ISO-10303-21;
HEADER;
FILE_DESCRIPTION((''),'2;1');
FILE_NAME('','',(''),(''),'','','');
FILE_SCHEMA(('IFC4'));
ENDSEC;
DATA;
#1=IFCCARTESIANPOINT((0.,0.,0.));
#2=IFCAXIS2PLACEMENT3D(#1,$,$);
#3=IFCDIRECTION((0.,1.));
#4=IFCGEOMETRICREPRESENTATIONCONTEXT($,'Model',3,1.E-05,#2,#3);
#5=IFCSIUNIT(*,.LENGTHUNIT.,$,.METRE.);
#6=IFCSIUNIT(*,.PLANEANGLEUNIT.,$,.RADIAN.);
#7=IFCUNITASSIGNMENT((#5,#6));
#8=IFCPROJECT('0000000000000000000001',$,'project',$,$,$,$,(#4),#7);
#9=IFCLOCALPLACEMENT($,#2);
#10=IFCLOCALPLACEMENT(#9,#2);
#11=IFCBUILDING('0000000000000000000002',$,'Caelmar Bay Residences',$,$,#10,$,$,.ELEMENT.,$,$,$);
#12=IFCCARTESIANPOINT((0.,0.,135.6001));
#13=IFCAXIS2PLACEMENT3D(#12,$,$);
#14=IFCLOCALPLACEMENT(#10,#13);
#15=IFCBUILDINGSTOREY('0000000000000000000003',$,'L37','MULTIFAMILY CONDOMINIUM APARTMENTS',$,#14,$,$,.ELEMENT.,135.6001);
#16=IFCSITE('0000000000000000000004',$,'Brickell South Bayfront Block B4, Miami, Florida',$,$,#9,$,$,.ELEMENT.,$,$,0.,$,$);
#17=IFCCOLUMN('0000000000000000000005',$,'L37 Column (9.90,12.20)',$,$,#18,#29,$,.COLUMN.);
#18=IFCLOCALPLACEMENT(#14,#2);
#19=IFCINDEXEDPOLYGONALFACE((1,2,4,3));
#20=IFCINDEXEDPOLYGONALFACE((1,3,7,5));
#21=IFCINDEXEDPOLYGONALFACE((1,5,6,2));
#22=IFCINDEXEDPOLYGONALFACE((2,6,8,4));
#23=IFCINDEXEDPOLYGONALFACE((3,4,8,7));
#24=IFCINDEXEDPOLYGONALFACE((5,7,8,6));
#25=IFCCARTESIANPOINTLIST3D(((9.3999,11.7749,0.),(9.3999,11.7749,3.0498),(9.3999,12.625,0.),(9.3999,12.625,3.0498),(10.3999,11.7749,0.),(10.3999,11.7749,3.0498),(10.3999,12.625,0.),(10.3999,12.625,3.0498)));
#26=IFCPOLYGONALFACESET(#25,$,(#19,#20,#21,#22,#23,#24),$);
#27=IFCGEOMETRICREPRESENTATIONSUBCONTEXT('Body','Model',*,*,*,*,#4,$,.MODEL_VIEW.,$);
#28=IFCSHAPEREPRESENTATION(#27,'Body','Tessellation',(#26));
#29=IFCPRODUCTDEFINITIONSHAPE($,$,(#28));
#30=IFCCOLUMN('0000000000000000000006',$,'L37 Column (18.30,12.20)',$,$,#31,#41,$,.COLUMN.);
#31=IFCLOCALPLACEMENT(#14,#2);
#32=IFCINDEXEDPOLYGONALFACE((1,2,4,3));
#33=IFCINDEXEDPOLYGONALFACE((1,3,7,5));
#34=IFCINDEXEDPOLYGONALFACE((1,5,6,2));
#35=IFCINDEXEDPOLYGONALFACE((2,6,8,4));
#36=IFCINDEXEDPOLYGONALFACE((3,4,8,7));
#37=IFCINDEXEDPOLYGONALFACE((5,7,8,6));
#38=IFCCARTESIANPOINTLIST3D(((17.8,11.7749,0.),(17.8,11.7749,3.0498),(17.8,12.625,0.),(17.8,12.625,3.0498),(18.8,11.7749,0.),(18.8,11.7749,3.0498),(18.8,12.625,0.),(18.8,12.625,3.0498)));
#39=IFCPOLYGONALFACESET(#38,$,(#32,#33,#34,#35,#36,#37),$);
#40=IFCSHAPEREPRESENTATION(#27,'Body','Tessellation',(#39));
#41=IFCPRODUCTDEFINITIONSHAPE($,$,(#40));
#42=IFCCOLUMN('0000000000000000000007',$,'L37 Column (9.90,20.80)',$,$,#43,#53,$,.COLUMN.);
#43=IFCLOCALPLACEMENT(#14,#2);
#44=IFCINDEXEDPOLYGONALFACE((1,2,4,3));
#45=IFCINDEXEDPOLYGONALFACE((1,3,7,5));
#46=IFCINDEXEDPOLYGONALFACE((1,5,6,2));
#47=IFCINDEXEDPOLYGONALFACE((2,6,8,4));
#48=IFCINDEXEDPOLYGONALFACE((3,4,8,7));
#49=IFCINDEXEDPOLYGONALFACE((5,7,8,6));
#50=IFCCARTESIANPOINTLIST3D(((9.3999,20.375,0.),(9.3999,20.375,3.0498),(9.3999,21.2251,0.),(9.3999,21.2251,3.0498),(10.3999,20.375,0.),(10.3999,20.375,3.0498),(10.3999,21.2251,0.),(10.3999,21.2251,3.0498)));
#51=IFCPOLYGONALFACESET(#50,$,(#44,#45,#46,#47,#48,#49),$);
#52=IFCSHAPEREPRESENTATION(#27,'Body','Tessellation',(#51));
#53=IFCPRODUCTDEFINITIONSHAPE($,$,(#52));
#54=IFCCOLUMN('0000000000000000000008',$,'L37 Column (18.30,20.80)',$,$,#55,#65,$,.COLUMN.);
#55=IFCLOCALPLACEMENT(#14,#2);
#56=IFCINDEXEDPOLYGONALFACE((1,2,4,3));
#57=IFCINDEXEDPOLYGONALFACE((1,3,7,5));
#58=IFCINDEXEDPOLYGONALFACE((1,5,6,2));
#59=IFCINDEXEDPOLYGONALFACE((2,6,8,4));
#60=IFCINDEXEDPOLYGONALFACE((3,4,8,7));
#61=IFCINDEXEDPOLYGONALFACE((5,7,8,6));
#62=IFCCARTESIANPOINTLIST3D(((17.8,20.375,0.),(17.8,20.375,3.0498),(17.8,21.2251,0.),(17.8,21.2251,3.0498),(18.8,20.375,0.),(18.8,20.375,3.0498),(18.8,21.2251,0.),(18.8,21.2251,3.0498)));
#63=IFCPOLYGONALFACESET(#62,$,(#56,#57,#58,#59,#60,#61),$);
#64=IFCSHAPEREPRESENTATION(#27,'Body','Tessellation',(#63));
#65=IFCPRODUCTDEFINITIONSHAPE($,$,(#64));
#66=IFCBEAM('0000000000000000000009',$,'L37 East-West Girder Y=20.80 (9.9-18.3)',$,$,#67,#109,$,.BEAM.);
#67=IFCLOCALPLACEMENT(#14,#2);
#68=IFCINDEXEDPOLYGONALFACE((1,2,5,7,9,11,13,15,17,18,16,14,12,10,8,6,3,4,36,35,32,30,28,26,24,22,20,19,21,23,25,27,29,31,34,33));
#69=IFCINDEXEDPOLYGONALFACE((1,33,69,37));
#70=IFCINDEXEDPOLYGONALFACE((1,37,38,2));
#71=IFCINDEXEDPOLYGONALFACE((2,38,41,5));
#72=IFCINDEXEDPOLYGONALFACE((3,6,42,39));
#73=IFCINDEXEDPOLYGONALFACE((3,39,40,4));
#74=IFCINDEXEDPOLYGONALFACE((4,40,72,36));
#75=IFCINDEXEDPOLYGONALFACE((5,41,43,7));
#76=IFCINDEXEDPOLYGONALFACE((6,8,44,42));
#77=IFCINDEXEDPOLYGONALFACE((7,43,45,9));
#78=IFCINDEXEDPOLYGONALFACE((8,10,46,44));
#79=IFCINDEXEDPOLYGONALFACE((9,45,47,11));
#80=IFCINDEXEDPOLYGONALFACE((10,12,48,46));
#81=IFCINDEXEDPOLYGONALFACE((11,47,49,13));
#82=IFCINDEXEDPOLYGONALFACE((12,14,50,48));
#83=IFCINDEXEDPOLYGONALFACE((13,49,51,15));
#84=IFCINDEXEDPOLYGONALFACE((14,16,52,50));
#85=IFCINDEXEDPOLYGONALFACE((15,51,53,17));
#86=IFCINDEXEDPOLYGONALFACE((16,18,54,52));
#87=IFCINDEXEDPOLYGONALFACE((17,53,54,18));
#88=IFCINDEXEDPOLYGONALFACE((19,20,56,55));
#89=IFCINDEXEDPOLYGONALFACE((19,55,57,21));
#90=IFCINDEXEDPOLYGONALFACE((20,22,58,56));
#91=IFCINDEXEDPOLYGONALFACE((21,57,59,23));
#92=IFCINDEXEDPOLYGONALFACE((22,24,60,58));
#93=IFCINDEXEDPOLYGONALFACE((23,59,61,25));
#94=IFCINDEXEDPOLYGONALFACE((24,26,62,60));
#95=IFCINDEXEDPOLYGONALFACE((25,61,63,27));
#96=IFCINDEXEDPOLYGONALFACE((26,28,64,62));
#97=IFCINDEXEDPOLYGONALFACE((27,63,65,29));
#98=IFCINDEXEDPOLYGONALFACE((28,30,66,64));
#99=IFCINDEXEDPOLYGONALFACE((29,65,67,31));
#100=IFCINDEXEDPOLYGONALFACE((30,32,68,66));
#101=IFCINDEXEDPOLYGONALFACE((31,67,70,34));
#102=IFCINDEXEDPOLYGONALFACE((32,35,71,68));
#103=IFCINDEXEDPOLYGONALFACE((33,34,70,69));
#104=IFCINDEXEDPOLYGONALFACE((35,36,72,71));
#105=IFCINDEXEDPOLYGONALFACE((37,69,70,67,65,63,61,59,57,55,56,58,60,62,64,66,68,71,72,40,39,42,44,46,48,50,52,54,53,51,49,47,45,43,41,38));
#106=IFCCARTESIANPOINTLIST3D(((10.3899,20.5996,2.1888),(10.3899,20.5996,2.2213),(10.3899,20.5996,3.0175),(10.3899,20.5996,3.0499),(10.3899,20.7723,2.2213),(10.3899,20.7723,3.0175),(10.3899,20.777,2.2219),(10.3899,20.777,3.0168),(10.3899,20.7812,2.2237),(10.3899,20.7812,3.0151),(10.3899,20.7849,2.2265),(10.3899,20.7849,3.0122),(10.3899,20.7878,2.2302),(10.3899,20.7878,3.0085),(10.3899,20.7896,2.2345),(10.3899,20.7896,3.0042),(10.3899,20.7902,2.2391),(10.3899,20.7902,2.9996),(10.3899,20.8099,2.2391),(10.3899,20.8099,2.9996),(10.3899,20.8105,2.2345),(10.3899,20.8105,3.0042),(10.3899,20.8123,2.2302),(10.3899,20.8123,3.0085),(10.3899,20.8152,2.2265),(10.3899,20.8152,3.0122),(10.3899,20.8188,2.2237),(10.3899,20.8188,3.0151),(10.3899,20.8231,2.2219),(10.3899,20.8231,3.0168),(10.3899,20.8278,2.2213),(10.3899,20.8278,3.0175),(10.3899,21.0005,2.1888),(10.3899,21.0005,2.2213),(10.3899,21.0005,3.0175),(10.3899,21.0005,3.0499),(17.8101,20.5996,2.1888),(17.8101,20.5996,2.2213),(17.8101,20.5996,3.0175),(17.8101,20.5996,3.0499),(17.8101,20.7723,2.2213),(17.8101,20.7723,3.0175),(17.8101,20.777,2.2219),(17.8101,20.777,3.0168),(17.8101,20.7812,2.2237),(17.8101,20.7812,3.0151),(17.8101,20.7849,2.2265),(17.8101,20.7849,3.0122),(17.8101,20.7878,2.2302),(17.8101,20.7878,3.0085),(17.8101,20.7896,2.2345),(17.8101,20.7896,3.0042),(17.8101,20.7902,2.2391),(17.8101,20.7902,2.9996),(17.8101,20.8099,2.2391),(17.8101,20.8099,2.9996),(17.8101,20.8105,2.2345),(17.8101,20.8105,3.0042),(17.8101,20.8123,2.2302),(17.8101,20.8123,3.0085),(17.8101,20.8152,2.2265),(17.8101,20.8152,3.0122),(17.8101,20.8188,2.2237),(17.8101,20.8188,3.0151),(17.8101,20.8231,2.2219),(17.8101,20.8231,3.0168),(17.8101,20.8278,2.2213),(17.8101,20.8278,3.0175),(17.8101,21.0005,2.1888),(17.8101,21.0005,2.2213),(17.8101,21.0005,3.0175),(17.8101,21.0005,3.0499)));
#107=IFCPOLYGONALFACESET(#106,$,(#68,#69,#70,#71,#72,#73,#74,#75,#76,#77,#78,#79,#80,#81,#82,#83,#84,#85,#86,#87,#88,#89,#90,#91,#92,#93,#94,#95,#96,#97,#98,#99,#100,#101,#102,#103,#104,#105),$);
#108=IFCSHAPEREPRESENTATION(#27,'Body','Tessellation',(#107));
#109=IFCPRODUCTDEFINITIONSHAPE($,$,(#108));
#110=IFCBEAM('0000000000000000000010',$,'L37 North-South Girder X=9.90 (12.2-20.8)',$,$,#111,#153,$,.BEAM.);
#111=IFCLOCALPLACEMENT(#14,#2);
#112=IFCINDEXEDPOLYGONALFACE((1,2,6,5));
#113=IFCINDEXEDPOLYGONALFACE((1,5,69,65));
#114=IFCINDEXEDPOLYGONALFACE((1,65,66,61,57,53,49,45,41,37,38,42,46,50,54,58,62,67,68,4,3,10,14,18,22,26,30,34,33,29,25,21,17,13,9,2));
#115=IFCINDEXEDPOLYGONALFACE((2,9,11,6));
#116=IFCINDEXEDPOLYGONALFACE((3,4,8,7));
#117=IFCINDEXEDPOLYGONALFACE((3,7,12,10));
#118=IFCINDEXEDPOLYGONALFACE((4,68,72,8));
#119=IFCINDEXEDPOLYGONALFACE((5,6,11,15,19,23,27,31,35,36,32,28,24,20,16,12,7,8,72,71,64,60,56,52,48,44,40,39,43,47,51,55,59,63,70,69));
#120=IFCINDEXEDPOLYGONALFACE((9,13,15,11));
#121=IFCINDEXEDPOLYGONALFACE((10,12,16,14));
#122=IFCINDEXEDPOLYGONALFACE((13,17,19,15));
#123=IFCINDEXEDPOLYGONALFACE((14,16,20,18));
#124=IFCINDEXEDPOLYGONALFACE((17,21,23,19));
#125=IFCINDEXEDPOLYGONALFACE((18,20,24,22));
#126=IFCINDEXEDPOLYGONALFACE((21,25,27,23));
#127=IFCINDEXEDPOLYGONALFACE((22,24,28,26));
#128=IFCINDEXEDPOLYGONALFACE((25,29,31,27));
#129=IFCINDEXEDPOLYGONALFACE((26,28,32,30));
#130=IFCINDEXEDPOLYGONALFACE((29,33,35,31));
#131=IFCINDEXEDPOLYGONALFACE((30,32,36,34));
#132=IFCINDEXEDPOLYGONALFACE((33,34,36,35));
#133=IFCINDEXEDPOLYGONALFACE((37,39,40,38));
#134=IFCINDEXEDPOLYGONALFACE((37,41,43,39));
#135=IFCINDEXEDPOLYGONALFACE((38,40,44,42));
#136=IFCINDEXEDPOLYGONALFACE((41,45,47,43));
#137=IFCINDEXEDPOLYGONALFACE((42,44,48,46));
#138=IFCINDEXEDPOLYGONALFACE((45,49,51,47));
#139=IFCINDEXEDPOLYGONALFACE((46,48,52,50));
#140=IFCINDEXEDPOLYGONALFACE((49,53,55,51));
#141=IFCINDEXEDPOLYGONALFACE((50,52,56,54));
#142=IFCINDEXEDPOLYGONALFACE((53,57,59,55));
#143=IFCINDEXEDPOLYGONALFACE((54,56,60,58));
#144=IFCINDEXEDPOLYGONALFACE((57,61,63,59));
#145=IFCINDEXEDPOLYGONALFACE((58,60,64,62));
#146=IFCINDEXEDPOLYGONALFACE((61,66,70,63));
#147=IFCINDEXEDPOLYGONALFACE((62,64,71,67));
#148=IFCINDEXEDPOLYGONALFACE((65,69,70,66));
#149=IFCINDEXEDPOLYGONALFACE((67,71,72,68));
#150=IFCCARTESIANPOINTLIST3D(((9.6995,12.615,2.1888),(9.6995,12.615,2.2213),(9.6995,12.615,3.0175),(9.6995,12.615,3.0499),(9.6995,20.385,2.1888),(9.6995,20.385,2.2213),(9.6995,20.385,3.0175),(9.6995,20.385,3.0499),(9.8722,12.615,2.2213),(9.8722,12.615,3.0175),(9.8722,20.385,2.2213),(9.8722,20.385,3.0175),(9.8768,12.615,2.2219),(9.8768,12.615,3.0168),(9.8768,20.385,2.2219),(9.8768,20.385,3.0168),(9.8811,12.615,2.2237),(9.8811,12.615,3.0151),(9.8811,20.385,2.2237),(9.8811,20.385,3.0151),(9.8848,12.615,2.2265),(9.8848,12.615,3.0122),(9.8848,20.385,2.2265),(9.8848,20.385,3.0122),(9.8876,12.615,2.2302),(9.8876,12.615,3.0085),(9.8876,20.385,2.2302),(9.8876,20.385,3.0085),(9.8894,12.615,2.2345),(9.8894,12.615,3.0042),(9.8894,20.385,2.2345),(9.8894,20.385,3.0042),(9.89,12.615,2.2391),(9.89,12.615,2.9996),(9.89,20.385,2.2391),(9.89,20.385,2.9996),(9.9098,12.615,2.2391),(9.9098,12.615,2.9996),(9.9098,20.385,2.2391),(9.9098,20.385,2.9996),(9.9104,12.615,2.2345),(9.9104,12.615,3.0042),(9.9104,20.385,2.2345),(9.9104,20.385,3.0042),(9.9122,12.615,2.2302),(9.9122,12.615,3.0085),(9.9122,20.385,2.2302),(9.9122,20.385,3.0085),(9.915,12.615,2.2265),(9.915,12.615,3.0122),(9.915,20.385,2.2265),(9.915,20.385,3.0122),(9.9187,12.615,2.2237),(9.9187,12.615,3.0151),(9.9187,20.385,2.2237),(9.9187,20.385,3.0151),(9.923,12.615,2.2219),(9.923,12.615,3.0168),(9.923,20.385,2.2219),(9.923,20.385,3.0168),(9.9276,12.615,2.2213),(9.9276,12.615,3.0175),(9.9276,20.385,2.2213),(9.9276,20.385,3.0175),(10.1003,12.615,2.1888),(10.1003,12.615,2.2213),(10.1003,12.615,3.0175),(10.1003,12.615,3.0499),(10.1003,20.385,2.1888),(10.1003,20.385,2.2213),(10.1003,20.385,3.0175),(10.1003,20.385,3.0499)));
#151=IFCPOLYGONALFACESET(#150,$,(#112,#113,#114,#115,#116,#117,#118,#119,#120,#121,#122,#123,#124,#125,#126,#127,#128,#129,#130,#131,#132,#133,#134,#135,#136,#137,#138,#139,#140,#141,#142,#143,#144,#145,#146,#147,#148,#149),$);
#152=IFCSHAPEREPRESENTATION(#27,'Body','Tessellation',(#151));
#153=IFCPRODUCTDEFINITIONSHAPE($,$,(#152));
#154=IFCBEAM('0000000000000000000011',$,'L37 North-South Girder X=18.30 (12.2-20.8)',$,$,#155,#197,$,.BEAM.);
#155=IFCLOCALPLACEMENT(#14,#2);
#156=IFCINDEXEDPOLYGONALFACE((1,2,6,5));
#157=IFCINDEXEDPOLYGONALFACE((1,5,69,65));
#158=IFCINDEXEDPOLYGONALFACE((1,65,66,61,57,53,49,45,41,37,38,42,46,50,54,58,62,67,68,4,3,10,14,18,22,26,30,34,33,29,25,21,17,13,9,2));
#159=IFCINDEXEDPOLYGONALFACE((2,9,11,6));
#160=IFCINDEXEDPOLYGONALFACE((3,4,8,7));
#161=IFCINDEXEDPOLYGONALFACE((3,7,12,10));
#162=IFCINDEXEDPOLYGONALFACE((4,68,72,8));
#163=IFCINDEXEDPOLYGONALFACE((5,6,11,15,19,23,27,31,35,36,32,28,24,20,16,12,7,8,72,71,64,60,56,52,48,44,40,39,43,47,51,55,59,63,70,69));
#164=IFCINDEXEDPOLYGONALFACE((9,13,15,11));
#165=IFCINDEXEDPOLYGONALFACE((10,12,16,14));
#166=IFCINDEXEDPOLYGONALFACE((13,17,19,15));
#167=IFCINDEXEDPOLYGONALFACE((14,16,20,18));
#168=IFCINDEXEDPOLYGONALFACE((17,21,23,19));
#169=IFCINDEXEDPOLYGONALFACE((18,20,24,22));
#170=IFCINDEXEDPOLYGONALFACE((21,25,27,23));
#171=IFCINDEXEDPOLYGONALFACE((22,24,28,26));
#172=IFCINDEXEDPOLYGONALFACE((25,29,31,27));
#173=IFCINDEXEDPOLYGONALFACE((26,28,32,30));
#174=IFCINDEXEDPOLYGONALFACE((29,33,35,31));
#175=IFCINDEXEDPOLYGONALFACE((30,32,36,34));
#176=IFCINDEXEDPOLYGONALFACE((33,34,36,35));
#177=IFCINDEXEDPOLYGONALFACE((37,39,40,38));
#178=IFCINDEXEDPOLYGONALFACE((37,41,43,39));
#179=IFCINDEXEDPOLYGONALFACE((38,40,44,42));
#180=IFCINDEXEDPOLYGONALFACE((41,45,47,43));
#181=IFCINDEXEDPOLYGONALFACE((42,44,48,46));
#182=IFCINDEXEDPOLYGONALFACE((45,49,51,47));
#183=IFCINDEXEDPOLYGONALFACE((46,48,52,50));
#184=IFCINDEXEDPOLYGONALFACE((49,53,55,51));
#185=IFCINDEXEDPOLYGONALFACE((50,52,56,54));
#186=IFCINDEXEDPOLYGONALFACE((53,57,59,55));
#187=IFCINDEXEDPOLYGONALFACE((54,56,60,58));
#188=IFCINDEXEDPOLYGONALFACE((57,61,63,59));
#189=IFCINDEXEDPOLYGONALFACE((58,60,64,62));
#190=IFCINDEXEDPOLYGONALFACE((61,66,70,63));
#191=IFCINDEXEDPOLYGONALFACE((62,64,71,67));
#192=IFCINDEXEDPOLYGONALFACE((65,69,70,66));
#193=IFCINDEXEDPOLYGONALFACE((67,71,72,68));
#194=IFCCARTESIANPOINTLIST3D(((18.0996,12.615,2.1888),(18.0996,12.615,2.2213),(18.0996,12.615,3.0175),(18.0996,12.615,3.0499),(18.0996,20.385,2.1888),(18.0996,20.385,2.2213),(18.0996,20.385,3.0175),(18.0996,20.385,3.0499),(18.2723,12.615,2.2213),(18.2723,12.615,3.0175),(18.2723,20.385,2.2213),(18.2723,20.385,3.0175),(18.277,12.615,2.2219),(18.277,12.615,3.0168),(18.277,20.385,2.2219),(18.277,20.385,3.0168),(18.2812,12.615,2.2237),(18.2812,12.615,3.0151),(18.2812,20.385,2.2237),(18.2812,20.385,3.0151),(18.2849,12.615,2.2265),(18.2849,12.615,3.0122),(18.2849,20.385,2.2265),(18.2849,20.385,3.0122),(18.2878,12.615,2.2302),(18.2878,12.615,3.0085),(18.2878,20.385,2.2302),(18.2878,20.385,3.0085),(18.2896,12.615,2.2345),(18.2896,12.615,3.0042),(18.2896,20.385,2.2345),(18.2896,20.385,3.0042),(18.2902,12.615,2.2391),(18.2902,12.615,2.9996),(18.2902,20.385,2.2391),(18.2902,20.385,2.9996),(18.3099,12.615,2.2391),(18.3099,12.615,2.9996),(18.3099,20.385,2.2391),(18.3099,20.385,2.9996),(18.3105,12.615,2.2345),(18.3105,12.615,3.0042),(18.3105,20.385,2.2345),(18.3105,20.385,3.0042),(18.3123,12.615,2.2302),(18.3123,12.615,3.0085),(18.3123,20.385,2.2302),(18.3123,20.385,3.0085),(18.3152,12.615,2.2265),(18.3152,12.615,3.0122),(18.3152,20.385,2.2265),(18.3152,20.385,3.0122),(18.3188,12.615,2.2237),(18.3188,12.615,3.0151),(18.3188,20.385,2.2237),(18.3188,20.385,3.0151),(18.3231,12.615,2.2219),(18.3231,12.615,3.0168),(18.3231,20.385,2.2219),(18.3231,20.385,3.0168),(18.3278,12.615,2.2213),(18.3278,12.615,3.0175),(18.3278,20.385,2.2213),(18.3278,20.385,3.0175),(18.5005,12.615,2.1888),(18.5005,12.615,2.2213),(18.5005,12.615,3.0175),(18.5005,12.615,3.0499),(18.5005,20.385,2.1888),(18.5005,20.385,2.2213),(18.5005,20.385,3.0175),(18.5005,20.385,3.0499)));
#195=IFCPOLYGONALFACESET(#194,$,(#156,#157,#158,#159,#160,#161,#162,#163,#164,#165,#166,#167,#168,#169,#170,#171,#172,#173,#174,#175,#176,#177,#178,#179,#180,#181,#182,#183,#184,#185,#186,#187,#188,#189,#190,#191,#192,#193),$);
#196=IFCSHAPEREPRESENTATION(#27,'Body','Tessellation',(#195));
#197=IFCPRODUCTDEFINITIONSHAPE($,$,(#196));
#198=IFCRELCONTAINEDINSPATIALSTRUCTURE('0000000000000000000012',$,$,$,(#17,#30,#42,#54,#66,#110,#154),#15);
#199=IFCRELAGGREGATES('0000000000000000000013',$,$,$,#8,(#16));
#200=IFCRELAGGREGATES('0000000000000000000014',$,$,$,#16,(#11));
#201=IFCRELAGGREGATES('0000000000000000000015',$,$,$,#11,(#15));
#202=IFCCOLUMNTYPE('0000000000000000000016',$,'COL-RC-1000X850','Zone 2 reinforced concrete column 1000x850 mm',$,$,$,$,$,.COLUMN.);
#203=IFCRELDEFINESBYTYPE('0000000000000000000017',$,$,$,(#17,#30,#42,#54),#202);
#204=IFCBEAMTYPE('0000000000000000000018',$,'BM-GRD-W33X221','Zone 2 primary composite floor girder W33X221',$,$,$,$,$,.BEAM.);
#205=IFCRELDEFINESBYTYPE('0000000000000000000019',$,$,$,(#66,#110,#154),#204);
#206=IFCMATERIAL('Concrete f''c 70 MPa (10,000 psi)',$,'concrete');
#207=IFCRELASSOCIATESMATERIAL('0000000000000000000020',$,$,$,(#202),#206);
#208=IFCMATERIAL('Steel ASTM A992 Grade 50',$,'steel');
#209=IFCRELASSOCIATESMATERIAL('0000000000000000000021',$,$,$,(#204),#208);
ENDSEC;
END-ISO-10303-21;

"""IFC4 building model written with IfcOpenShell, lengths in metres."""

from ifc_helpers import new_model, si_unit, direction, frame, origin, origin_2d, place, context, subcontext, project, spatial, rectangle, i_section, extrude, material, material_profile, profile_set, type_object, element, save


model = new_model("IFC4")

# Units and contexts
model_context = context("Model", 3, precision=1e-05, world=origin(), true_north=direction((0.0, 1.0)))
body_context = subcontext(model_context, "Body", "Model", "MODEL_VIEW")
ifc_project = project(units=[si_unit("LENGTHUNIT", "METRE"), si_unit("PLANEANGLEUNIT", "RADIAN")], contexts=[model_context])

# Site, building, storey
site_placement = place(None, origin())
site = spatial("IfcSite", under=ifc_project, at=site_placement, Name="Brickell South Bayfront Block B4, Miami, Florida", CompositionType="ELEMENT", RefElevation=0.0)
building_placement = place(site_placement, origin())
building = spatial("IfcBuilding", under=site, at=building_placement, Name="Caelmar Bay Residences", CompositionType="ELEMENT")
storey_placement = place(building_placement, frame((0.0, 0.0, 135.6001)))
storey = spatial("IfcBuildingStorey", under=building, at=storey_placement, Name="L37", Description="MULTIFAMILY CONDOMINIUM APARTMENTS", CompositionType="ELEMENT", Elevation=135.6001)

# Columns
ifc_material_1 = material(Name="Concrete f'c 70 MPa (10,000 psi)", Category="concrete")
ifc_material_profile_1 = material_profile(ifc_material_1, rectangle(XDim=1.0, YDim=0.8501, at=origin_2d()), Name="RC-COL-1000X850")
ifc_profile_set_1 = profile_set([ifc_material_profile_1], Name="Concrete f'c 70 MPa (10,000 psi)")
column_type = type_object("IfcColumnType", Name="COL-RC-1000X850", Description="Zone 2 reinforced concrete column 1000x850 mm", PredefinedType="COLUMN", material=ifc_profile_set_1)
for number, where, z_axis, x_axis, name in (
    (1, (9.8999, 12.2, 0.0), (0.0, 0.0, 1.0), (1.0, 0.0, 0.0), "L37 Column (9.90,12.20)"),
    (2, (18.3, 12.2, 0.0), (0.0, 0.0, 1.0), (1.0, 0.0, 0.0), "L37 Column (18.30,12.20)"),
    (3, (9.8999, 20.8, 0.0), (0.0, 0.0, 1.0), (1.0, 0.0, 0.0), "L37 Column (9.90,20.80)"),
    (4, (18.3, 20.8, 0.0), (0.0, 0.0, 1.0), (1.0, 0.0, 0.0), "L37 Column (18.30,20.80)"),
):
    element("IfcColumn", number, at=place(storey_placement, frame(where, z_axis=z_axis, x_axis=x_axis)), inside=storey, type_object=column_type, Name=name, PredefinedType="COLUMN", context=body_context, shape_type="SweptSolid", body=[
        extrude(rectangle(XDim=1.0, YDim=0.8501, at=origin_2d()), origin(), (0.0, 0.0, 1.0), 3.0498),
    ])

# Beams
ifc_material_2 = material(Name="Steel ASTM A992 Grade 50", Category="steel")
ifc_material_profile_2 = material_profile(ifc_material_2, i_section(OverallWidth=0.4009, OverallDepth=0.8611, WebThickness=0.0198, FlangeThickness=0.0325, FilletRadius=0.0178, at=origin_2d()), Name="W33X221")
ifc_profile_set_2 = profile_set([ifc_material_profile_2], Name="Steel ASTM A992 Grade 50")
beam_type_1 = type_object("IfcBeamType", Name="BM-GRD-W33X221", Description="Zone 2 primary composite floor girder W33X221", PredefinedType="BEAM", material=ifc_profile_set_2)
beam_1_placement = place(storey_placement, frame((10.3899, 20.8, 2.6194), z_axis=(1.0, 0.0, 0.0), x_axis=(0.0, 1.0, 0.0)))
element("IfcBeam", 5, at=beam_1_placement, inside=storey, type_object=beam_type_1, Name="L37 East-West Girder Y=20.80 (9.9-18.3)", PredefinedType="BEAM", context=body_context, shape_type="SweptSolid", body=[
    extrude(i_section(OverallWidth=0.4009, OverallDepth=0.8611, WebThickness=0.0198, FlangeThickness=0.0325, FilletRadius=0.0178, at=origin_2d()), origin(), (0.0, 0.0, 1.0), 7.4202),
])
for number, where, z_axis, x_axis, name in (
    (6, (9.8999, 12.615, 2.6194), (0.0, 1.0, 0.0), (-1.0, 0.0, 0.0), "L37 North-South Girder X=9.90 (12.2-20.8)"),
    (7, (18.3, 12.615, 2.6194), (0.0, 1.0, 0.0), (-1.0, 0.0, 0.0), "L37 North-South Girder X=18.30 (12.2-20.8)"),
):
    element("IfcBeam", number, at=place(storey_placement, frame(where, z_axis=z_axis, x_axis=x_axis)), inside=storey, type_object=beam_type_1, Name=name, PredefinedType="BEAM", context=body_context, shape_type="SweptSolid", body=[
        extrude(i_section(OverallWidth=0.4009, OverallDepth=0.8611, WebThickness=0.0198, FlangeThickness=0.0325, FilletRadius=0.0178, at=origin_2d()), origin(), (0.0, 0.0, 1.0), 7.77),
    ])

save(model, "model.ifc")
